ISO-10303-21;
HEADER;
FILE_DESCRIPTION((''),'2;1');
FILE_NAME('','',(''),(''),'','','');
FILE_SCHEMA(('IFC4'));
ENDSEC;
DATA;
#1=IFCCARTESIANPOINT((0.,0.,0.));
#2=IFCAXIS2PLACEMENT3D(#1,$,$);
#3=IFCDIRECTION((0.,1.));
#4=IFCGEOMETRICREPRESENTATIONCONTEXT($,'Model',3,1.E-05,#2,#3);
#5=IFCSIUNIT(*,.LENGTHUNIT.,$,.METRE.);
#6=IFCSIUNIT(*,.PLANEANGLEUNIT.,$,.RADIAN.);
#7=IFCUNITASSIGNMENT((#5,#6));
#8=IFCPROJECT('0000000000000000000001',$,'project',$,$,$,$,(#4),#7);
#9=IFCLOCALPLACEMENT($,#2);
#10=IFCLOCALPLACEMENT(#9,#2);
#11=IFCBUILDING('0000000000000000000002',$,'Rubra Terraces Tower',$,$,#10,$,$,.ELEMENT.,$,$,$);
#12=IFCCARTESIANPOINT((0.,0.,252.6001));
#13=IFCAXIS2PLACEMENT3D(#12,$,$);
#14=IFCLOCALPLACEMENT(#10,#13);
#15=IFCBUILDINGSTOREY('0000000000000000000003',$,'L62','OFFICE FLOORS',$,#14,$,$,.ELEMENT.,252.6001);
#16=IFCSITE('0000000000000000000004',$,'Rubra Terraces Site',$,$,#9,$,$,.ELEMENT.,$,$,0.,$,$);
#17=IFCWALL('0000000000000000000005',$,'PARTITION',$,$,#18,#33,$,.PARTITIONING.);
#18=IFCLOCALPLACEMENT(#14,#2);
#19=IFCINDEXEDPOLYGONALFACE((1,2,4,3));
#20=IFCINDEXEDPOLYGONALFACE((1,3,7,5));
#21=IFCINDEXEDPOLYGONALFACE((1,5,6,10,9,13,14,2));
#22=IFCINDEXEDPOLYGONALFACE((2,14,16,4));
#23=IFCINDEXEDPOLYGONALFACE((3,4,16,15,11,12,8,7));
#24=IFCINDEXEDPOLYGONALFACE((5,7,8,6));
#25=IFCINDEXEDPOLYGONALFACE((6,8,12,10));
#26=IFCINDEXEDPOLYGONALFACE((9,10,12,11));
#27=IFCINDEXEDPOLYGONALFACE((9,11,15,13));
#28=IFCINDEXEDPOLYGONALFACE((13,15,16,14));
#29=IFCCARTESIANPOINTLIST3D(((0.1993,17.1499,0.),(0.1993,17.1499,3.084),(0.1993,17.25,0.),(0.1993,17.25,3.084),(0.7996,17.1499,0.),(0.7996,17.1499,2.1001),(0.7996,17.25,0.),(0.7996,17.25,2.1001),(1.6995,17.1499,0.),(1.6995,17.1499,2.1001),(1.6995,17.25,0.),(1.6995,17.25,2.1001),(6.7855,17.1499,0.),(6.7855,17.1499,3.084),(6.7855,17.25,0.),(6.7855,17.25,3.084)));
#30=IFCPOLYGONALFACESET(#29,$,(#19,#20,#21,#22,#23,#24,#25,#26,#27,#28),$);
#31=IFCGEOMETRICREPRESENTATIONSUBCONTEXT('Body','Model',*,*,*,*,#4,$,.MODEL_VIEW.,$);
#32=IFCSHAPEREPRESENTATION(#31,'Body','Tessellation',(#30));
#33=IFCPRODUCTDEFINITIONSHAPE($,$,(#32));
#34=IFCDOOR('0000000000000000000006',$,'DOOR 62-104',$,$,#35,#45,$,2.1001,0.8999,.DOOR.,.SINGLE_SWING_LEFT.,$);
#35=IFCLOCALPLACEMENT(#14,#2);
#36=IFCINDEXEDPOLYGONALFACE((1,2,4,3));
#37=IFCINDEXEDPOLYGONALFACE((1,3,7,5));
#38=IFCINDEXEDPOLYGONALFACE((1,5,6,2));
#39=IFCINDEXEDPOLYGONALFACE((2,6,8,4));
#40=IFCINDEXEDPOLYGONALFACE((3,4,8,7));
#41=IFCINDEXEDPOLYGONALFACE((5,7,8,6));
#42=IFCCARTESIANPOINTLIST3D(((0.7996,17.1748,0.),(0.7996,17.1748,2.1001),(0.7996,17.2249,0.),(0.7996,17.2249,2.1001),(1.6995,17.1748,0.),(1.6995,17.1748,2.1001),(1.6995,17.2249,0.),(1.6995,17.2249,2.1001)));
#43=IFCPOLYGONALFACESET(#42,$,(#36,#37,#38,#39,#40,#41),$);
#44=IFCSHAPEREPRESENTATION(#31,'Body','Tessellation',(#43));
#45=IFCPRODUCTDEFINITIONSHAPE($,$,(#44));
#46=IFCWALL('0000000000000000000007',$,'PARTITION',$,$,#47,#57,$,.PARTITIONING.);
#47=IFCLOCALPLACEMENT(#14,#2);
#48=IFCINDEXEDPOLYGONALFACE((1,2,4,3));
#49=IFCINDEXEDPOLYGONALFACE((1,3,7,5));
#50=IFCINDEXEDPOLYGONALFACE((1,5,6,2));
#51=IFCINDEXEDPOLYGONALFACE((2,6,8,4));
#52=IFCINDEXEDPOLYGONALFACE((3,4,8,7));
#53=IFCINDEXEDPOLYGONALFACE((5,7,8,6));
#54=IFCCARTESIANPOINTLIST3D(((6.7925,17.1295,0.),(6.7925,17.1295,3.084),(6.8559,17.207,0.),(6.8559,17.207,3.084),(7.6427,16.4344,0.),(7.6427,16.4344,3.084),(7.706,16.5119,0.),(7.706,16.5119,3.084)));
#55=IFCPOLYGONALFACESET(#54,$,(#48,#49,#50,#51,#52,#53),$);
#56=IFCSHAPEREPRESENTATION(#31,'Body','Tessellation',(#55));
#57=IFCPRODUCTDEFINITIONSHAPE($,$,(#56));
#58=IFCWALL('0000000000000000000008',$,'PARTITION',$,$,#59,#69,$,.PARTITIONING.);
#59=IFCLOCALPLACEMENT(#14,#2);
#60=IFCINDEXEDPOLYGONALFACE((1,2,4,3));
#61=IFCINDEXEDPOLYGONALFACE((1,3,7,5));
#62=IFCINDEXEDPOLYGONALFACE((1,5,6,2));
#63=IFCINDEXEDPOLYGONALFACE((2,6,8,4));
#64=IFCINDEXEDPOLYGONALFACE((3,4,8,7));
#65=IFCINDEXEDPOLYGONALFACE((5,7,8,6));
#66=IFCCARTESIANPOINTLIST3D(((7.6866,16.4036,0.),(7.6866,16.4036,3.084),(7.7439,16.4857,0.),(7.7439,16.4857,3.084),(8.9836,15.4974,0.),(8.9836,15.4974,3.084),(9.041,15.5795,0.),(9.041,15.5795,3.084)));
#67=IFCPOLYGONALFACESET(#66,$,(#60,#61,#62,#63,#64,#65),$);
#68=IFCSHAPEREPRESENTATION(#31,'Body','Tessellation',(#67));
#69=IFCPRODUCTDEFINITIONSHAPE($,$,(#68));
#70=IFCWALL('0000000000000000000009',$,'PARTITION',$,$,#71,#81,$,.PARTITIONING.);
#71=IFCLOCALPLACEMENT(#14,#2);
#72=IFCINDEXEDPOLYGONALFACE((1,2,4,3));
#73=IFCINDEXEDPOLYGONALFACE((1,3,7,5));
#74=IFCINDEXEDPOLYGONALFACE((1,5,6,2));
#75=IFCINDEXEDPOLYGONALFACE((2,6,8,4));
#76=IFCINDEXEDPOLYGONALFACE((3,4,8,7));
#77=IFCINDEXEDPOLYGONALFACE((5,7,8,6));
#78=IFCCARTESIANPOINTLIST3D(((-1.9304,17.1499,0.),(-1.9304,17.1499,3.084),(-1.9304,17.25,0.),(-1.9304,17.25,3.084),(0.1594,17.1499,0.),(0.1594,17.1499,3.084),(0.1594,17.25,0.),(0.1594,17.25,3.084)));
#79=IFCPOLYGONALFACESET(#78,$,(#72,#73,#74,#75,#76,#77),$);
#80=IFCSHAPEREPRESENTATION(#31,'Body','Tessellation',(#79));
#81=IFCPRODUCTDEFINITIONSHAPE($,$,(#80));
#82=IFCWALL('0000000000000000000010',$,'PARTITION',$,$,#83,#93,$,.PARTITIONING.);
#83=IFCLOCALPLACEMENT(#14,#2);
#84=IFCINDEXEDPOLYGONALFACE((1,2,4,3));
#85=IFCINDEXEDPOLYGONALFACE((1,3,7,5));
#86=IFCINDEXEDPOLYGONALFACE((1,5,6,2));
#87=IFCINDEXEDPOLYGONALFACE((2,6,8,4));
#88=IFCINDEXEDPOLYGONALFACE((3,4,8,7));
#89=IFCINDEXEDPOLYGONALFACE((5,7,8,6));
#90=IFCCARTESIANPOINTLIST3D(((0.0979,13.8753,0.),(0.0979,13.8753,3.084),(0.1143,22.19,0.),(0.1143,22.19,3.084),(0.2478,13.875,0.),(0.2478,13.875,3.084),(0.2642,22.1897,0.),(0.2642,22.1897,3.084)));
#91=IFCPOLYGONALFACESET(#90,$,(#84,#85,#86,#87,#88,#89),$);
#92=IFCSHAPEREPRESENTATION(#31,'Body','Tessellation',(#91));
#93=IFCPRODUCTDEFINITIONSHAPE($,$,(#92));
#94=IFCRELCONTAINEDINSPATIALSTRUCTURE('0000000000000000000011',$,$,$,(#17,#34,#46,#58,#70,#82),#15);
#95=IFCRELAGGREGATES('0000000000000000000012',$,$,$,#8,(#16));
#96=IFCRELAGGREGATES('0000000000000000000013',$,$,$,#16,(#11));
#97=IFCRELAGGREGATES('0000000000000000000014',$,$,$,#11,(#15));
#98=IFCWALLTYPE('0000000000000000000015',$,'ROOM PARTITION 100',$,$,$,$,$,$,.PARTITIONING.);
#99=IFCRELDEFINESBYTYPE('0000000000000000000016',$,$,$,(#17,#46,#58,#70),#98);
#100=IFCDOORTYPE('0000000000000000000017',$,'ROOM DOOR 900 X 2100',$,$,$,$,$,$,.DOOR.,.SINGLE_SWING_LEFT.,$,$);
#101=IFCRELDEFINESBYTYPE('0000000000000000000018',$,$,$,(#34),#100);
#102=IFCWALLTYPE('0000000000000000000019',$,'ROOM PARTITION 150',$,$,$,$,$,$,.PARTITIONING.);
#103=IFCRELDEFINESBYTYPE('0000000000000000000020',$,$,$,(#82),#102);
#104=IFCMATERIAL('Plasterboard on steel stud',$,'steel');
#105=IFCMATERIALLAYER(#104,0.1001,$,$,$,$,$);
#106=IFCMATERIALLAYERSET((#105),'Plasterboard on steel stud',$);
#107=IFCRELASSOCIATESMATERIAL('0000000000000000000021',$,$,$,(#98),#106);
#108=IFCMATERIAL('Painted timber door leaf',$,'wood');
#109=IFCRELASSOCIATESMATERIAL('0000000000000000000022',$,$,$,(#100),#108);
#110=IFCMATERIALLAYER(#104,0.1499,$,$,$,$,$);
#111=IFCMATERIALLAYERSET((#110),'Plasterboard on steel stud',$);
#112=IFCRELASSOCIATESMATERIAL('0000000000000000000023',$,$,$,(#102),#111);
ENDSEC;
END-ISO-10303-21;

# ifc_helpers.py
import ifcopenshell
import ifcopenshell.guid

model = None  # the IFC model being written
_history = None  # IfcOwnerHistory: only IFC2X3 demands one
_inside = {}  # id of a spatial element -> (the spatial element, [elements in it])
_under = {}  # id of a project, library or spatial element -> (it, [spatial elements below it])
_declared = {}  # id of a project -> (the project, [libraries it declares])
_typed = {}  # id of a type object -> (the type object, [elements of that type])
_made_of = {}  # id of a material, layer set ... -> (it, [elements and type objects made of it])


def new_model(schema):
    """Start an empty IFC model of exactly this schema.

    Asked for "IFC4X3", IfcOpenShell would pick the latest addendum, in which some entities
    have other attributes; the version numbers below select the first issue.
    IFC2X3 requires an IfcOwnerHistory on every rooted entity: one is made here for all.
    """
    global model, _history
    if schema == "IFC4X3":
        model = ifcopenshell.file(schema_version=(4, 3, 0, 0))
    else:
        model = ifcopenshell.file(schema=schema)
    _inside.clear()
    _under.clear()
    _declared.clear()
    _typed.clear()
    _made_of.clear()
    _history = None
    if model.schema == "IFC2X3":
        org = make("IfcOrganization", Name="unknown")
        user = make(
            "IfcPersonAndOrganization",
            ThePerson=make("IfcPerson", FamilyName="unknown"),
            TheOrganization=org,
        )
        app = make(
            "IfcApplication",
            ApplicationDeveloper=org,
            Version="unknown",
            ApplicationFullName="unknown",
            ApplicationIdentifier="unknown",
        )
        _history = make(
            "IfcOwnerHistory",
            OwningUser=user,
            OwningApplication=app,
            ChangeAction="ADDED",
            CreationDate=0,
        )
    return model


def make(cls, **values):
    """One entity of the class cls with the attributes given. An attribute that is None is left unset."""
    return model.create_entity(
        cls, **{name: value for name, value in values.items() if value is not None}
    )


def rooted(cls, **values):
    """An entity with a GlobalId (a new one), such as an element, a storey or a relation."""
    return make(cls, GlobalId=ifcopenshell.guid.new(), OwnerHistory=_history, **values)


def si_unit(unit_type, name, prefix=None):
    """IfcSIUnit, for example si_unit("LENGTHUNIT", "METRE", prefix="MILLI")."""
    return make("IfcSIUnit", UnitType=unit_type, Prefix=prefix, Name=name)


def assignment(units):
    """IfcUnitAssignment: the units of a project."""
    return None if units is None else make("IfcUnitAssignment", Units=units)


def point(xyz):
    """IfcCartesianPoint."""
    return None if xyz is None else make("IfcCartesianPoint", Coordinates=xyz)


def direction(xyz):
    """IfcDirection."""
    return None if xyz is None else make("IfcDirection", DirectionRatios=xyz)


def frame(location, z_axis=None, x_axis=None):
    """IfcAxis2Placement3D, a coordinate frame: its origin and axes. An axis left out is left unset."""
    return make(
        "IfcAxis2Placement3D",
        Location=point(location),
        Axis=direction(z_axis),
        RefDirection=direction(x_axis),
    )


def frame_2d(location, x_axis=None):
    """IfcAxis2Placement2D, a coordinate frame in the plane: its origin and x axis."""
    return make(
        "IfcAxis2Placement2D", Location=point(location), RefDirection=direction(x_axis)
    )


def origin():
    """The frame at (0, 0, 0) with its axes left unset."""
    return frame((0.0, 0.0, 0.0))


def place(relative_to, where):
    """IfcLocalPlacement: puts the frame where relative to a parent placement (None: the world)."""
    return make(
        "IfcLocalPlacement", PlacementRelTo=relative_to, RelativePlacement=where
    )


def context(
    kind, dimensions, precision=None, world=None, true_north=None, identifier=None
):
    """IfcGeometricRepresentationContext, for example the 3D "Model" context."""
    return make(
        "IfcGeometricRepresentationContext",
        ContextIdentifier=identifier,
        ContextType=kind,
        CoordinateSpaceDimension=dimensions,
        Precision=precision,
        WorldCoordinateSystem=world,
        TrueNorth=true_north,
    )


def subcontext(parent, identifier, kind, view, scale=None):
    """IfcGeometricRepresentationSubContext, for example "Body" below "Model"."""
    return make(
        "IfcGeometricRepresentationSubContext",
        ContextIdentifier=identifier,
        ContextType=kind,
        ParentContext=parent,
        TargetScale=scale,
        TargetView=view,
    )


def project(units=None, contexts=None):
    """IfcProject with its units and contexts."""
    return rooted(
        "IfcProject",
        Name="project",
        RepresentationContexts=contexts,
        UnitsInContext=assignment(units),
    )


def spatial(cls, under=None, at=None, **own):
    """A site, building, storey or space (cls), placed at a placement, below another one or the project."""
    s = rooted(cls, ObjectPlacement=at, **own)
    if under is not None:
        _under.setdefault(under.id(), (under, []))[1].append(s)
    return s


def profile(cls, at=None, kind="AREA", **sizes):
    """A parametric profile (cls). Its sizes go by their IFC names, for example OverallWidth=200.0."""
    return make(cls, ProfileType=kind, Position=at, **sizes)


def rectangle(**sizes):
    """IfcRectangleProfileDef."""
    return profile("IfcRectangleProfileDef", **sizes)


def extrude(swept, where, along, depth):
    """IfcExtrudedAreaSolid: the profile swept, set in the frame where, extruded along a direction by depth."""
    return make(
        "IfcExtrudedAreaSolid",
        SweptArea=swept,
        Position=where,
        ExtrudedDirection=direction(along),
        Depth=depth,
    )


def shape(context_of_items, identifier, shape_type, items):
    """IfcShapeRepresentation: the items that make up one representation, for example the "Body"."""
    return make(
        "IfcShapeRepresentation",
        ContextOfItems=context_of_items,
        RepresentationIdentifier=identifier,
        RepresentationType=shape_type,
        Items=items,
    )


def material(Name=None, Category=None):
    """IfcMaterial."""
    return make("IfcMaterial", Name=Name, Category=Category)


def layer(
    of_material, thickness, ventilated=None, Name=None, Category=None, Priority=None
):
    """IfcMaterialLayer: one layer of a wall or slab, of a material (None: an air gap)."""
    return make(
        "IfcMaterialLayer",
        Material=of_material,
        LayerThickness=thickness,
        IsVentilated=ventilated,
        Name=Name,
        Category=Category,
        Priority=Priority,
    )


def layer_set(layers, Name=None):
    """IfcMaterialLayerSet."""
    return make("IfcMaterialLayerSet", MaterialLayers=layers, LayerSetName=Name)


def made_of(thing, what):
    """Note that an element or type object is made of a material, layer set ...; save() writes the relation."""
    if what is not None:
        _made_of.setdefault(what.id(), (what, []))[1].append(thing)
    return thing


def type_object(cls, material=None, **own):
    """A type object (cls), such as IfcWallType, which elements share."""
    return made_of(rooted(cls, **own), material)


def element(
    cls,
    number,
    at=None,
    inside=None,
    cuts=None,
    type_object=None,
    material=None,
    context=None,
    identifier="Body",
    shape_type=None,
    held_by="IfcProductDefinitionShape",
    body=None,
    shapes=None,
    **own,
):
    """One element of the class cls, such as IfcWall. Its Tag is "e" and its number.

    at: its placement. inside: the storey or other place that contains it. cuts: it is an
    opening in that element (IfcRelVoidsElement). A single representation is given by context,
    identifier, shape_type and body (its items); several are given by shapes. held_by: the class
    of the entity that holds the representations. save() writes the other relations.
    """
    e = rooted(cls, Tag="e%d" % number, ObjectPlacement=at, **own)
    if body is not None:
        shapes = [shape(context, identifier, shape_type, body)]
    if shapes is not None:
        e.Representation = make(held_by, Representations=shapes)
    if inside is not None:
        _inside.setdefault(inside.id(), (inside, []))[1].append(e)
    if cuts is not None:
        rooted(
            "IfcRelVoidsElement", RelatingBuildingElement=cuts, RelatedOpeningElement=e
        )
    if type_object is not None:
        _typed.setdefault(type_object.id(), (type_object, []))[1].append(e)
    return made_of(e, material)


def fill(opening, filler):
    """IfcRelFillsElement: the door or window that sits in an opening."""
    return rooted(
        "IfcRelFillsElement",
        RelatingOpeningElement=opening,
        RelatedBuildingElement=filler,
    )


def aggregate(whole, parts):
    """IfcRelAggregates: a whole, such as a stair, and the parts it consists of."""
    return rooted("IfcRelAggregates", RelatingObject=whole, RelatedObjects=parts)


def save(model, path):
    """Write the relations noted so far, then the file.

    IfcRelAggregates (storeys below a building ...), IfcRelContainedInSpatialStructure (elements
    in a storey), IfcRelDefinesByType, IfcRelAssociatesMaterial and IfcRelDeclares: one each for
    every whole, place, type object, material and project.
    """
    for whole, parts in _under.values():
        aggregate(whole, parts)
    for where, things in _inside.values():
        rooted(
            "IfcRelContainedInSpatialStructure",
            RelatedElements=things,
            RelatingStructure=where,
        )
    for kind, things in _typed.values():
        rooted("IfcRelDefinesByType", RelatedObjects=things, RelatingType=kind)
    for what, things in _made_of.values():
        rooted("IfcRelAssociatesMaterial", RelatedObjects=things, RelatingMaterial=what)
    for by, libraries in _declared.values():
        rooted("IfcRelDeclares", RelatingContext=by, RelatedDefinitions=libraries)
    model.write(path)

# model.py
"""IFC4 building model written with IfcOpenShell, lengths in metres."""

from ifc_helpers import new_model, si_unit, direction, frame, frame_2d, origin, place, context, subcontext, project, spatial, rectangle, extrude, material, layer, layer_set, type_object, element, fill, save


model = new_model("IFC4")

# Units and contexts
model_context = context("Model", 3, precision=1e-05, world=origin(), true_north=direction((0.0, 1.0)))
body_context = subcontext(model_context, "Body", "Model", "MODEL_VIEW")
ifc_project = project(units=[si_unit("LENGTHUNIT", "METRE"), si_unit("PLANEANGLEUNIT", "RADIAN")], contexts=[model_context])

# Site, building, storey
site_placement = place(None, origin())
site = spatial("IfcSite", under=ifc_project, at=site_placement, Name="Rubra Terraces Site", CompositionType="ELEMENT", RefElevation=0.0)
building_placement = place(site_placement, origin())
building = spatial("IfcBuilding", under=site, at=building_placement, Name="Rubra Terraces Tower", CompositionType="ELEMENT")
storey_placement = place(building_placement, frame((0.0, 0.0, 252.6001)))
storey = spatial("IfcBuildingStorey", under=building, at=storey_placement, Name="L62", Description="OFFICE FLOORS", CompositionType="ELEMENT", Elevation=252.6001)

# Wall, opening, door
ifc_material_1 = material(Name="Plasterboard on steel stud", Category="steel")
ifc_layer_1 = layer(ifc_material_1, 0.1001)
ifc_layer_set_1 = layer_set([ifc_layer_1], Name="Plasterboard on steel stud")
wall_type_1 = type_object("IfcWallType", Name="ROOM PARTITION 100", PredefinedType="PARTITIONING", material=ifc_layer_set_1)
wall_1_placement = place(storey_placement, frame((0.1995, 17.2, 0.0), z_axis=(0.0, 0.0, 1.0), x_axis=(1.0, 0.0, 0.0)))
wall_1 = element("IfcWall", 1, at=wall_1_placement, inside=storey, type_object=wall_type_1, Name="PARTITION", PredefinedType="PARTITIONING", context=body_context, shape_type="SweptSolid", body=[
    extrude(rectangle(XDim=6.5862, YDim=0.1001, at=frame_2d((3.293, 0.0))), origin(), (0.0, 0.0, 1.0), 3.084),
])
opening_1_placement = place(wall_1_placement, frame((0.6001, 0.0, 0.0)))
opening_1 = element("IfcOpeningElement", 2, at=opening_1_placement, cuts=wall_1, PredefinedType="OPENING", context=body_context, shape_type="SweptSolid", body=[
    extrude(rectangle(XDim=0.8999, YDim=2.1001, at=frame_2d((0.45, 1.05))), frame((0.0, 0.0601, 0.0), z_axis=(0.0, -1.0, 0.0), x_axis=(1.0, 0.0, 0.0)), (0.0, 0.0, 1.0), 0.1201),
])
ifc_material_2 = material(Name="Painted timber door leaf", Category="wood")
door_type = type_object("IfcDoorType", Name="ROOM DOOR 900 X 2100", OperationType="SINGLE_SWING_LEFT", PredefinedType="DOOR", material=ifc_material_2)
door_placement = place(opening_1_placement, origin())
door = element("IfcDoor", 3, at=door_placement, inside=storey, type_object=door_type, Name="DOOR 62-104", OperationType="SINGLE_SWING_LEFT", OverallHeight=2.1001, OverallWidth=0.8999, PredefinedType="DOOR", context=body_context, shape_type="SweptSolid", body=[
    extrude(rectangle(XDim=0.8999, YDim=2.1001, at=frame_2d((0.45, 1.05))), frame((0.0, 0.0249, 0.0), z_axis=(0.0, -1.0, 0.0), x_axis=(1.0, 0.0, 0.0)), (0.0, 0.0, 1.0), 0.05),
])
fill(opening_1, door)

# Walls
wall_2_placement = place(storey_placement, frame((6.8242, 17.1682, 0.0), z_axis=(0.0, 0.0, 1.0), x_axis=(0.774165, -0.632984, 0.0)))
element("IfcWall", 4, at=wall_2_placement, inside=storey, type_object=wall_type_1, Name="PARTITION", PredefinedType="PARTITIONING", context=body_context, shape_type="SweptSolid", body=[
    extrude(rectangle(XDim=1.0981, YDim=0.1001, at=frame_2d((0.5491, 0.0))), origin(), (0.0, 0.0, 1.0), 3.084),
])
wall_3_placement = place(storey_placement, frame((7.7153, 16.4446, 0.0), z_axis=(0.0, 0.0, 1.0), x_axis=(0.819746, -0.572727, 0.0)))
element("IfcWall", 5, at=wall_3_placement, inside=storey, type_object=wall_type_1, Name="PARTITION", PredefinedType="PARTITIONING", context=body_context, shape_type="SweptSolid", body=[
    extrude(rectangle(XDim=1.5823, YDim=0.1001, at=frame_2d((0.791, 0.0))), origin(), (0.0, 0.0, 1.0), 3.084),
])
wall_4_placement = place(storey_placement, frame((-1.9304, 17.2, 0.0), z_axis=(0.0, 0.0, 1.0), x_axis=(1.0, 0.0, 0.0)))
element("IfcWall", 6, at=wall_4_placement, inside=storey, type_object=wall_type_1, Name="PARTITION", PredefinedType="PARTITIONING", context=body_context, shape_type="SweptSolid", body=[
    extrude(rectangle(XDim=2.0898, YDim=0.1001, at=frame_2d((1.0449, 0.0))), origin(), (0.0, 0.0, 1.0), 3.084),
])
ifc_layer_2 = layer(ifc_material_1, 0.1499)
ifc_layer_set_2 = layer_set([ifc_layer_2], Name="Plasterboard on steel stud")
wall_type_2 = type_object("IfcWallType", Name="ROOM PARTITION 150", PredefinedType="PARTITIONING", material=ifc_layer_set_2)
wall_5_placement = place(storey_placement, frame((0.1892, 22.1897, 0.0), z_axis=(0.0, 0.0, 1.0), x_axis=(-0.001967, -0.999998, 0.0)))
element("IfcWall", 7, at=wall_5_placement, inside=storey, type_object=wall_type_2, Name="PARTITION", PredefinedType="PARTITIONING", context=body_context, shape_type="SweptSolid", body=[
    extrude(rectangle(XDim=8.3147, YDim=0.1499, at=frame_2d((4.1572, 0.0))), origin(), (0.0, 0.0, 1.0), 3.084),
])

save(model, "model.ifc")
